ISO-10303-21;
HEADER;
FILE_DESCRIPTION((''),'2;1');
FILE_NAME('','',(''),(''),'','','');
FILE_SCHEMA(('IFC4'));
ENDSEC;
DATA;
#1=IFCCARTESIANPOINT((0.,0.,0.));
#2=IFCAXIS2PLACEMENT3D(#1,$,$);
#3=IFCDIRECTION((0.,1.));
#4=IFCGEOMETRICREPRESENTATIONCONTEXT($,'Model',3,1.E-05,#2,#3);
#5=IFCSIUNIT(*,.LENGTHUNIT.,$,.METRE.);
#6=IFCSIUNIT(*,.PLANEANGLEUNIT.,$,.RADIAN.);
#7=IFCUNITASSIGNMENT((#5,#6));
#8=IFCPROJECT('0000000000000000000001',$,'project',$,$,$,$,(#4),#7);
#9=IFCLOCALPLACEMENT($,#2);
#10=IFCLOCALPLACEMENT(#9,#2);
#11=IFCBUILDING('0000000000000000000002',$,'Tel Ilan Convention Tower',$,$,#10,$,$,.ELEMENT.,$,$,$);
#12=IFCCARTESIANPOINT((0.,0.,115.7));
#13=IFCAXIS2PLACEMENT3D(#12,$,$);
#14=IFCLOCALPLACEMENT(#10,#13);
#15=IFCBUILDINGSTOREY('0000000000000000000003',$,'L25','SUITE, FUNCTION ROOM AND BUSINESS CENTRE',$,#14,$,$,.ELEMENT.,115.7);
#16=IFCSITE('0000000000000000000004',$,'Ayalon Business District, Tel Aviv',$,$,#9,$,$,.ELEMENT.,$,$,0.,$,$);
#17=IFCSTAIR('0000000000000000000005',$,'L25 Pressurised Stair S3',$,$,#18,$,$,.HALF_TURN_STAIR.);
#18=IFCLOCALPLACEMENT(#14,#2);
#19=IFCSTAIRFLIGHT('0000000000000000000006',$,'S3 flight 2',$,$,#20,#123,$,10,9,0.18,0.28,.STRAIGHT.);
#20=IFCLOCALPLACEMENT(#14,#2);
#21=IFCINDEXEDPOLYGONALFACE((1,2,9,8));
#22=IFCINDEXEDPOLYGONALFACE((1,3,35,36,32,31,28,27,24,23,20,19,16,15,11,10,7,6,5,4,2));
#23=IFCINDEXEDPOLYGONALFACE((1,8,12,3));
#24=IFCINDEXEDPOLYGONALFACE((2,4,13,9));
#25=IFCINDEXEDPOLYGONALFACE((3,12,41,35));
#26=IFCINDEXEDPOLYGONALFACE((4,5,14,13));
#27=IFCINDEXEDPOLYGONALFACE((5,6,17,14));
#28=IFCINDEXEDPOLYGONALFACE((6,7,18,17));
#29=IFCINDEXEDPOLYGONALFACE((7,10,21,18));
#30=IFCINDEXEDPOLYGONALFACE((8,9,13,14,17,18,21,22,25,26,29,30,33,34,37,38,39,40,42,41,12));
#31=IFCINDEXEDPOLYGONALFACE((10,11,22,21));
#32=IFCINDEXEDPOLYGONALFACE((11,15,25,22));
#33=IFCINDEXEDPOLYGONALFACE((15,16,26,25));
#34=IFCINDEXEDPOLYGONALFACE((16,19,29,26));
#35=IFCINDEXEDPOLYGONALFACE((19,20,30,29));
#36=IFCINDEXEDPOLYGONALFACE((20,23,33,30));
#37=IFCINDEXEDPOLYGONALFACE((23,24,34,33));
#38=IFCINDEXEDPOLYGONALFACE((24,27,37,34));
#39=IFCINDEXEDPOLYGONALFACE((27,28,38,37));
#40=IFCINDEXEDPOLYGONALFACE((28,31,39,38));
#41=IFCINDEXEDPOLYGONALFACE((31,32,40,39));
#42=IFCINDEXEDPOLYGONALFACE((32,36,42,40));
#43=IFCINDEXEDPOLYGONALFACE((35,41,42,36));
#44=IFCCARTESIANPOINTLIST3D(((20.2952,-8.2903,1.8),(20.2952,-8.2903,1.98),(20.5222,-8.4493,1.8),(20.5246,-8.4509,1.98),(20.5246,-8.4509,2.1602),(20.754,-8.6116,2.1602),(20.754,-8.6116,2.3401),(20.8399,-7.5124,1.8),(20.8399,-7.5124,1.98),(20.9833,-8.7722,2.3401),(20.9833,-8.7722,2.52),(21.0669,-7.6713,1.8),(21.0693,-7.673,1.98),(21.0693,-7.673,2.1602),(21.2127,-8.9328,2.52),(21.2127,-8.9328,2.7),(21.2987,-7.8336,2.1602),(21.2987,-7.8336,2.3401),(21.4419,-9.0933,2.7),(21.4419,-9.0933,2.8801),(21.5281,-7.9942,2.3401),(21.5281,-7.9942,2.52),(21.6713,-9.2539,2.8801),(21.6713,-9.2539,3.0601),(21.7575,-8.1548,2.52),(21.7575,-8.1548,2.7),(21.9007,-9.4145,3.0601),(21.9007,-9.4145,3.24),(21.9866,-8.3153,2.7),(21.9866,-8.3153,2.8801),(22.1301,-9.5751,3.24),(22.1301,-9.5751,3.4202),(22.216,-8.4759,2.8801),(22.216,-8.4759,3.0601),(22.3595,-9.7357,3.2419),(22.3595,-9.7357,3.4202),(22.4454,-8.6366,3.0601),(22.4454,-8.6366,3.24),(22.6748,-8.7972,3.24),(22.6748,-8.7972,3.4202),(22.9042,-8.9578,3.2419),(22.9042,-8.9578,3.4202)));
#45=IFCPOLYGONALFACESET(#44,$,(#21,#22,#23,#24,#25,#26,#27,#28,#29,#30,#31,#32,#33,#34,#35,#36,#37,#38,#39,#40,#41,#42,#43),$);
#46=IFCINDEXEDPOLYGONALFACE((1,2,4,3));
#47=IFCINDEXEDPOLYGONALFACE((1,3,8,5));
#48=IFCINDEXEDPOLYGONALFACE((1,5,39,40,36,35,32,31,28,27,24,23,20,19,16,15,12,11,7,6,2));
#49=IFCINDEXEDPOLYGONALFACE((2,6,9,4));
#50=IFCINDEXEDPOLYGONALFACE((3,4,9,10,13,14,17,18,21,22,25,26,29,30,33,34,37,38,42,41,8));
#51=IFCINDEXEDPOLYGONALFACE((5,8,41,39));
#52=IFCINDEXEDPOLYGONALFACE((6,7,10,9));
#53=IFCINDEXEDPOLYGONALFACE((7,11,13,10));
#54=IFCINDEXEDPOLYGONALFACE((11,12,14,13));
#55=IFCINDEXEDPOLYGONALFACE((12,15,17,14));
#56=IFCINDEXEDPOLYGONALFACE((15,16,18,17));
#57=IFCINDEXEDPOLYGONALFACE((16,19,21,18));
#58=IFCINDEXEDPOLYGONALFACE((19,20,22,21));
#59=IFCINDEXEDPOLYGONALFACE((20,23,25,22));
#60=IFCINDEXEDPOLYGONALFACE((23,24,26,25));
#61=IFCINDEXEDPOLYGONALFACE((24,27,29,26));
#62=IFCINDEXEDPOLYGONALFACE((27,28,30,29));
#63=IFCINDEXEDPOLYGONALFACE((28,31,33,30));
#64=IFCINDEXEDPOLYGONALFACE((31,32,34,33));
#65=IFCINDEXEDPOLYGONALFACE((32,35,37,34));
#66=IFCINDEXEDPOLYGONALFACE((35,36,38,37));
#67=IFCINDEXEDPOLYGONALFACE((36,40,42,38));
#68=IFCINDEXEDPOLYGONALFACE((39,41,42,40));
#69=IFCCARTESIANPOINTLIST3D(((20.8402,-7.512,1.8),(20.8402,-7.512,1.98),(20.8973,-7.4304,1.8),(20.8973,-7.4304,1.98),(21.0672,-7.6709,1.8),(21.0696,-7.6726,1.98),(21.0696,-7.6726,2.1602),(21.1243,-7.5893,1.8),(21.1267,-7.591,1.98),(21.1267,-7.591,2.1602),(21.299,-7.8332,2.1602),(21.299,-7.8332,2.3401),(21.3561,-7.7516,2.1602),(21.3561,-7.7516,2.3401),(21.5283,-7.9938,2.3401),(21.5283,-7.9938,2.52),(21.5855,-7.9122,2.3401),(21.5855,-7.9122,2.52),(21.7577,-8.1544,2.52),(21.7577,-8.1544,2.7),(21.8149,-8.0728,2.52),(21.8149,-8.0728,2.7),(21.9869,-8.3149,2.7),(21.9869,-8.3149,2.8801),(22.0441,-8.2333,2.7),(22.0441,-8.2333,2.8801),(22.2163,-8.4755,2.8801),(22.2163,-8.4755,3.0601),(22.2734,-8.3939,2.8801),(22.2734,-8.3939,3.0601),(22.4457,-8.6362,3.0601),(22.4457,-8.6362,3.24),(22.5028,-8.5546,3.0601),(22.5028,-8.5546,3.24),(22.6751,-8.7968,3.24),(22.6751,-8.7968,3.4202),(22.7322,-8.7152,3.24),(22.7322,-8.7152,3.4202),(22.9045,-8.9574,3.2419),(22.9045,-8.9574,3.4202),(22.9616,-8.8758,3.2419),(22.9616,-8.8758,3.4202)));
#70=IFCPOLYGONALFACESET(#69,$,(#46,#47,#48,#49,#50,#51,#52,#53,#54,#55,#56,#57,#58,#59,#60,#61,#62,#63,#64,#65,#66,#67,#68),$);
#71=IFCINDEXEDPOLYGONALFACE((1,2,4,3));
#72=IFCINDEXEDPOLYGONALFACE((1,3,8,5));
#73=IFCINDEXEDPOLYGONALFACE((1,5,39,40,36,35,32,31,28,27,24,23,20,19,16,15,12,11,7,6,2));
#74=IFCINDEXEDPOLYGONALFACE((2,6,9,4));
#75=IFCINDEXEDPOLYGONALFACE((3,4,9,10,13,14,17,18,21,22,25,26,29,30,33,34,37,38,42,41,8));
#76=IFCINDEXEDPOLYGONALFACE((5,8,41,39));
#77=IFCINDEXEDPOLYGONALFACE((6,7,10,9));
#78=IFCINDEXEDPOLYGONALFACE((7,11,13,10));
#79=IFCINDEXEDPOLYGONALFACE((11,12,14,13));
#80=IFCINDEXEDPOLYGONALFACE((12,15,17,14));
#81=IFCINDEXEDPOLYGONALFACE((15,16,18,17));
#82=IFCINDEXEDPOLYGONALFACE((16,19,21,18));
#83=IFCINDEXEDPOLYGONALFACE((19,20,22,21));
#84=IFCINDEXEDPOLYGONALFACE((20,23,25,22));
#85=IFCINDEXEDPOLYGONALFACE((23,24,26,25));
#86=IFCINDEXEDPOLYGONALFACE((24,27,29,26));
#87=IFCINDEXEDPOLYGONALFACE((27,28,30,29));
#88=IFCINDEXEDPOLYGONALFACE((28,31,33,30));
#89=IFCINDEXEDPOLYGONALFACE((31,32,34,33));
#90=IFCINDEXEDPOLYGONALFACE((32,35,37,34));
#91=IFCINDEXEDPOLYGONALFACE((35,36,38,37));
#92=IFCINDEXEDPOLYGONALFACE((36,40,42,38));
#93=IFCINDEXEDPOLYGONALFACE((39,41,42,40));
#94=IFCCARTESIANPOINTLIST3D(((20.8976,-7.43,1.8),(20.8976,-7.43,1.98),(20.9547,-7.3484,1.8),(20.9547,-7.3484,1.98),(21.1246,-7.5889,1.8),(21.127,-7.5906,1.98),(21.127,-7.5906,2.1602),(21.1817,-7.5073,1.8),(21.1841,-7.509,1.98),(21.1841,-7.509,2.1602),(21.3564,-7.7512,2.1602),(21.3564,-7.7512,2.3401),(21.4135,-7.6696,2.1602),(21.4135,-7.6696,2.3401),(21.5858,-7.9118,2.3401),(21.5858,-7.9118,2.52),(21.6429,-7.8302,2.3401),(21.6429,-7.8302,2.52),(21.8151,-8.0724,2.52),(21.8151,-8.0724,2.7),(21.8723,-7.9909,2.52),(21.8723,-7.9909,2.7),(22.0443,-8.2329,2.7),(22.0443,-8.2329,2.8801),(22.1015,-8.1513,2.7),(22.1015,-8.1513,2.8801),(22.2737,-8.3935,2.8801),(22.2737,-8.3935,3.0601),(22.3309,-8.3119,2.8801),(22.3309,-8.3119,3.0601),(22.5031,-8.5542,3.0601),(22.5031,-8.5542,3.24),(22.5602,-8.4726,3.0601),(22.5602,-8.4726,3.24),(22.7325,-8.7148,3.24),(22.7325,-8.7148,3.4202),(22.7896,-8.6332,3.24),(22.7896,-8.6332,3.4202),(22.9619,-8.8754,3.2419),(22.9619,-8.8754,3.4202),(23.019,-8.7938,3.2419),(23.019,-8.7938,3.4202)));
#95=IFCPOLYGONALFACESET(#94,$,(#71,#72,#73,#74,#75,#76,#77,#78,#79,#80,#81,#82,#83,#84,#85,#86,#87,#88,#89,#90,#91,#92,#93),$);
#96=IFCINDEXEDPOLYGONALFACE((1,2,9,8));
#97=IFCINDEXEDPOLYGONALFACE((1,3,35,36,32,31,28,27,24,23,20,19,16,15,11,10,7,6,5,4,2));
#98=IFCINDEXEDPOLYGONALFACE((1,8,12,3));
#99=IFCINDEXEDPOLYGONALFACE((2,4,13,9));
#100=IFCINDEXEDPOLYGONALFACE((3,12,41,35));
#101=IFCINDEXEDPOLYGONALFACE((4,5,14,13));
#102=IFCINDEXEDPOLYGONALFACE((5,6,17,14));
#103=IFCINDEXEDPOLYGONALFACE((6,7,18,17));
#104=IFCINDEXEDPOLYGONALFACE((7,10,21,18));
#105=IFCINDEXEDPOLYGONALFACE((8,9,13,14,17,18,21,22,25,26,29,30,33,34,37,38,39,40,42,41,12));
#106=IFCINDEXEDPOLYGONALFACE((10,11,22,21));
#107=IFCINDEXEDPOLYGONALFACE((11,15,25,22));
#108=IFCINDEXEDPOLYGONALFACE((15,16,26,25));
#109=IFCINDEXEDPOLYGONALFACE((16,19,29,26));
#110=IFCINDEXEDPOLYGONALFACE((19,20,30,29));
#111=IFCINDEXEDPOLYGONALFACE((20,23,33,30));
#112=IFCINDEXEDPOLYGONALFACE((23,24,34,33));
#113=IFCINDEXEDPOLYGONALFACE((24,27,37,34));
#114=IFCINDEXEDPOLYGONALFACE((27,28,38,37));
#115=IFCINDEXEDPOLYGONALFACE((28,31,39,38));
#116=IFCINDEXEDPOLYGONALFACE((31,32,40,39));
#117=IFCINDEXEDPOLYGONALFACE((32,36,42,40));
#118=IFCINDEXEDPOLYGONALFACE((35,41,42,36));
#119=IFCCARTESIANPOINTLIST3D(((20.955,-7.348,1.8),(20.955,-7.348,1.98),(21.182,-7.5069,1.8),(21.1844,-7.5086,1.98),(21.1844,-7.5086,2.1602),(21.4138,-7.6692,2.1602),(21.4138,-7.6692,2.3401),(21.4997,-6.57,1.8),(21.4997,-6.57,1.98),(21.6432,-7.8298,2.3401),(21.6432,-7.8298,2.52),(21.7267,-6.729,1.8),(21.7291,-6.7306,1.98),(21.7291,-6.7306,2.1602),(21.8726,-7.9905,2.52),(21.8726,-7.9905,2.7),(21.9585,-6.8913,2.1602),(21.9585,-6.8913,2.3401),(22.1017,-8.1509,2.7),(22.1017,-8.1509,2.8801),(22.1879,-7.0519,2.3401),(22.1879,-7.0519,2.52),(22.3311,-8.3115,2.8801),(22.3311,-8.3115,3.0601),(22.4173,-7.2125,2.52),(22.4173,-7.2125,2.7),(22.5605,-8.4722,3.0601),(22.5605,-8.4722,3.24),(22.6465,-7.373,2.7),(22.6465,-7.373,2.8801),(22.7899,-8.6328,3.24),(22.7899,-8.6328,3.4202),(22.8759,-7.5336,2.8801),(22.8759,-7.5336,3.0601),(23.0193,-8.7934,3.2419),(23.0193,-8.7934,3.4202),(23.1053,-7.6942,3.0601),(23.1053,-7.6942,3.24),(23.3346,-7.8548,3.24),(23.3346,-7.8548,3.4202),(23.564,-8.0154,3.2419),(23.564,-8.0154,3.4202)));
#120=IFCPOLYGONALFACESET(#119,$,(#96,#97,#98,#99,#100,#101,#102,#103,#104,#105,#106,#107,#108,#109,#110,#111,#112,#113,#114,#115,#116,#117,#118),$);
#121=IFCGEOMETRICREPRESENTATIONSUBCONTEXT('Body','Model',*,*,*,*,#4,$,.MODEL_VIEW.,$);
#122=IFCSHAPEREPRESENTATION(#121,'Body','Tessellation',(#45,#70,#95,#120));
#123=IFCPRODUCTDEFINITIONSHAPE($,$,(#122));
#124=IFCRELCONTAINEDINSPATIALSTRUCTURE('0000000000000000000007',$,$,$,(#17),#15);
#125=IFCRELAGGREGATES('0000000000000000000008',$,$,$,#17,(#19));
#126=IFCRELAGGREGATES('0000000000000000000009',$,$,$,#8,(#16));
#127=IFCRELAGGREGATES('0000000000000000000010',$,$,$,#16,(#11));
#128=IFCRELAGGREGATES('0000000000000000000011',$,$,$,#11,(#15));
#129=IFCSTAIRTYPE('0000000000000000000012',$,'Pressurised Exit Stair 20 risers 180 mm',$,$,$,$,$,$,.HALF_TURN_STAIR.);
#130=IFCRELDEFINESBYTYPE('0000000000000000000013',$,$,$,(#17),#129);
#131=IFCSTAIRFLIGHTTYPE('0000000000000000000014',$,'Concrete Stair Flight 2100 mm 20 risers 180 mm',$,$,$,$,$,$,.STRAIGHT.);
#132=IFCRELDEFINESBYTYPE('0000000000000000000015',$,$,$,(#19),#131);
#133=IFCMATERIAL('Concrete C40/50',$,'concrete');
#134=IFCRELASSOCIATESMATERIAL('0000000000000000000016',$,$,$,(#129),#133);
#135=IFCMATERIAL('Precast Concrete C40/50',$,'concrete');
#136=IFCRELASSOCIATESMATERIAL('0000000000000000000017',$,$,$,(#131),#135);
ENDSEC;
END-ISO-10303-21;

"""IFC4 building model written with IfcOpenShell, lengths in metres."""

from ifc_helpers import new_model, si_unit, direction, frame, origin, place, context, subcontext, project, spatial, polyline, outline, extrude, material, type_object, element, aggregate, save


model = new_model("IFC4")

# Units and contexts
model_context = context("Model", 3, precision=1e-05, world=origin(), true_north=direction((0.0, 1.0)))
body_context = subcontext(model_context, "Body", "Model", "MODEL_VIEW")
ifc_project = project(units=[si_unit("LENGTHUNIT", "METRE"), si_unit("PLANEANGLEUNIT", "RADIAN")], contexts=[model_context])

# Site, building, storey
site_placement = place(None, origin())
site = spatial("IfcSite", under=ifc_project, at=site_placement, Name="Ayalon Business District, Tel Aviv", CompositionType="ELEMENT", RefElevation=0.0)
building_placement = place(site_placement, origin())
building = spatial("IfcBuilding", under=site, at=building_placement, Name="Tel Ilan Convention Tower", CompositionType="ELEMENT")
storey_placement = place(building_placement, frame((0.0, 0.0, 115.7)))
storey = spatial("IfcBuildingStorey", under=building, at=storey_placement, Name="L25", Description="SUITE, FUNCTION ROOM AND BUSINESS CENTRE", CompositionType="ELEMENT", Elevation=115.7)

# Stair, stair flight
ifc_material_1 = material(Name="Concrete C40/50", Category="concrete")
stair_type = type_object("IfcStairType", Name="Pressurised Exit Stair 20 risers 180 mm", PredefinedType="HALF_TURN_STAIR", material=ifc_material_1)
stair_1_placement = place(storey_placement, origin())
stair_1 = element("IfcStair", 1, at=stair_1_placement, inside=storey, type_object=stair_type, Name="L25 Pressurised Stair S3", PredefinedType="HALF_TURN_STAIR")
ifc_material_2 = material(Name="Precast Concrete C40/50", Category="concrete")
stair_flight_type = type_object("IfcStairFlightType", Name="Concrete Stair Flight 2100 mm 20 risers 180 mm", PredefinedType="STRAIGHT", material=ifc_material_2)
stair_flight_1_placement = place(storey_placement, frame((20.8975, -7.4302, 1.8), z_axis=(0.0, 0.0, 1.0), x_axis=(0.819152, -0.573576, 0.0)))
stair_flight_1 = element("IfcStairFlight", 2, at=stair_flight_1_placement, type_object=stair_flight_type, Name="S3 flight 2", NumberOfRisers=10, NumberOfTreads=9, PredefinedType="STRAIGHT", RiserHeight=0.18, TreadLength=0.28, context=body_context, shape_type="SweptSolid", body=[
    extrude(outline(polyline([(0.0, 0.0), (0.0, 0.1799), (0.28, 0.1799), (0.28, 0.3601), (0.5601, 0.3601), (0.5601, 0.54), (0.8401, 0.54), (0.8401, 0.72), (1.1201, 0.72), (1.1201, 0.8999), (1.3999, 0.8999), (1.3999, 1.0801), (1.6799, 1.0801), (1.6799, 1.26), (1.96, 1.26), (1.96, 1.4399), (2.24, 1.4399), (2.24, 1.6201), (2.52, 1.6201), (2.52, 1.8), (2.52, 1.4419), (0.2771, 0.0), (0.0, 0.0)])), frame((0.0, -0.1003, 0.0), z_axis=(0.0, -1.0, 0.0), x_axis=(1.0, 0.0, 0.0)), (0.0, 0.0, 1.0), 0.9497),
    extrude(outline(polyline([(0.0, 0.0), (0.0, 0.1799), (0.28, 0.1799), (0.28, 0.3601), (0.5601, 0.3601), (0.5601, 0.54), (0.8401, 0.54), (0.8401, 0.72), (1.1201, 0.72), (1.1201, 0.8999), (1.3999, 0.8999), (1.3999, 1.0801), (1.6799, 1.0801), (1.6799, 1.26), (1.96, 1.26), (1.96, 1.4399), (2.24, 1.4399), (2.24, 1.6201), (2.52, 1.6201), (2.52, 1.8), (2.52, 1.4419), (0.2771, 0.0), (0.0, 0.0)])), frame((0.0, -0.0002, 0.0), z_axis=(0.0, -1.0, 0.0), x_axis=(1.0, 0.0, 0.0)), (0.0, 0.0, 1.0), 0.0996),
    extrude(outline(polyline([(0.0, 0.0), (0.0, 0.1799), (0.28, 0.1799), (0.28, 0.3601), (0.5601, 0.3601), (0.5601, 0.54), (0.8401, 0.54), (0.8401, 0.72), (1.1201, 0.72), (1.1201, 0.8999), (1.3999, 0.8999), (1.3999, 1.0801), (1.6799, 1.0801), (1.6799, 1.26), (1.96, 1.26), (1.96, 1.4399), (2.24, 1.4399), (2.24, 1.6201), (2.52, 1.6201), (2.52, 1.8), (2.52, 1.4419), (0.2771, 0.0), (0.0, 0.0)])), frame((0.0, 0.0999, 0.0), z_axis=(0.0, -1.0, 0.0), x_axis=(1.0, 0.0, 0.0)), (0.0, 0.0, 1.0), 0.0996),
    extrude(outline(polyline([(0.0, 0.0), (0.0, 0.1799), (0.28, 0.1799), (0.28, 0.3601), (0.5601, 0.3601), (0.5601, 0.54), (0.8401, 0.54), (0.8401, 0.72), (1.1201, 0.72), (1.1201, 0.8999), (1.3999, 0.8999), (1.3999, 1.0801), (1.6799, 1.0801), (1.6799, 1.26), (1.96, 1.26), (1.96, 1.4399), (2.24, 1.4399), (2.24, 1.6201), (2.52, 1.6201), (2.52, 1.8), (2.52, 1.4419), (0.2771, 0.0), (0.0, 0.0)])), frame((0.0, 1.05, 0.0), z_axis=(0.0, -1.0, 0.0), x_axis=(1.0, 0.0, 0.0)), (0.0, 0.0, 1.0), 0.9497),
])
aggregate(stair_1, [stair_flight_1])

save(model, "model.ifc")
